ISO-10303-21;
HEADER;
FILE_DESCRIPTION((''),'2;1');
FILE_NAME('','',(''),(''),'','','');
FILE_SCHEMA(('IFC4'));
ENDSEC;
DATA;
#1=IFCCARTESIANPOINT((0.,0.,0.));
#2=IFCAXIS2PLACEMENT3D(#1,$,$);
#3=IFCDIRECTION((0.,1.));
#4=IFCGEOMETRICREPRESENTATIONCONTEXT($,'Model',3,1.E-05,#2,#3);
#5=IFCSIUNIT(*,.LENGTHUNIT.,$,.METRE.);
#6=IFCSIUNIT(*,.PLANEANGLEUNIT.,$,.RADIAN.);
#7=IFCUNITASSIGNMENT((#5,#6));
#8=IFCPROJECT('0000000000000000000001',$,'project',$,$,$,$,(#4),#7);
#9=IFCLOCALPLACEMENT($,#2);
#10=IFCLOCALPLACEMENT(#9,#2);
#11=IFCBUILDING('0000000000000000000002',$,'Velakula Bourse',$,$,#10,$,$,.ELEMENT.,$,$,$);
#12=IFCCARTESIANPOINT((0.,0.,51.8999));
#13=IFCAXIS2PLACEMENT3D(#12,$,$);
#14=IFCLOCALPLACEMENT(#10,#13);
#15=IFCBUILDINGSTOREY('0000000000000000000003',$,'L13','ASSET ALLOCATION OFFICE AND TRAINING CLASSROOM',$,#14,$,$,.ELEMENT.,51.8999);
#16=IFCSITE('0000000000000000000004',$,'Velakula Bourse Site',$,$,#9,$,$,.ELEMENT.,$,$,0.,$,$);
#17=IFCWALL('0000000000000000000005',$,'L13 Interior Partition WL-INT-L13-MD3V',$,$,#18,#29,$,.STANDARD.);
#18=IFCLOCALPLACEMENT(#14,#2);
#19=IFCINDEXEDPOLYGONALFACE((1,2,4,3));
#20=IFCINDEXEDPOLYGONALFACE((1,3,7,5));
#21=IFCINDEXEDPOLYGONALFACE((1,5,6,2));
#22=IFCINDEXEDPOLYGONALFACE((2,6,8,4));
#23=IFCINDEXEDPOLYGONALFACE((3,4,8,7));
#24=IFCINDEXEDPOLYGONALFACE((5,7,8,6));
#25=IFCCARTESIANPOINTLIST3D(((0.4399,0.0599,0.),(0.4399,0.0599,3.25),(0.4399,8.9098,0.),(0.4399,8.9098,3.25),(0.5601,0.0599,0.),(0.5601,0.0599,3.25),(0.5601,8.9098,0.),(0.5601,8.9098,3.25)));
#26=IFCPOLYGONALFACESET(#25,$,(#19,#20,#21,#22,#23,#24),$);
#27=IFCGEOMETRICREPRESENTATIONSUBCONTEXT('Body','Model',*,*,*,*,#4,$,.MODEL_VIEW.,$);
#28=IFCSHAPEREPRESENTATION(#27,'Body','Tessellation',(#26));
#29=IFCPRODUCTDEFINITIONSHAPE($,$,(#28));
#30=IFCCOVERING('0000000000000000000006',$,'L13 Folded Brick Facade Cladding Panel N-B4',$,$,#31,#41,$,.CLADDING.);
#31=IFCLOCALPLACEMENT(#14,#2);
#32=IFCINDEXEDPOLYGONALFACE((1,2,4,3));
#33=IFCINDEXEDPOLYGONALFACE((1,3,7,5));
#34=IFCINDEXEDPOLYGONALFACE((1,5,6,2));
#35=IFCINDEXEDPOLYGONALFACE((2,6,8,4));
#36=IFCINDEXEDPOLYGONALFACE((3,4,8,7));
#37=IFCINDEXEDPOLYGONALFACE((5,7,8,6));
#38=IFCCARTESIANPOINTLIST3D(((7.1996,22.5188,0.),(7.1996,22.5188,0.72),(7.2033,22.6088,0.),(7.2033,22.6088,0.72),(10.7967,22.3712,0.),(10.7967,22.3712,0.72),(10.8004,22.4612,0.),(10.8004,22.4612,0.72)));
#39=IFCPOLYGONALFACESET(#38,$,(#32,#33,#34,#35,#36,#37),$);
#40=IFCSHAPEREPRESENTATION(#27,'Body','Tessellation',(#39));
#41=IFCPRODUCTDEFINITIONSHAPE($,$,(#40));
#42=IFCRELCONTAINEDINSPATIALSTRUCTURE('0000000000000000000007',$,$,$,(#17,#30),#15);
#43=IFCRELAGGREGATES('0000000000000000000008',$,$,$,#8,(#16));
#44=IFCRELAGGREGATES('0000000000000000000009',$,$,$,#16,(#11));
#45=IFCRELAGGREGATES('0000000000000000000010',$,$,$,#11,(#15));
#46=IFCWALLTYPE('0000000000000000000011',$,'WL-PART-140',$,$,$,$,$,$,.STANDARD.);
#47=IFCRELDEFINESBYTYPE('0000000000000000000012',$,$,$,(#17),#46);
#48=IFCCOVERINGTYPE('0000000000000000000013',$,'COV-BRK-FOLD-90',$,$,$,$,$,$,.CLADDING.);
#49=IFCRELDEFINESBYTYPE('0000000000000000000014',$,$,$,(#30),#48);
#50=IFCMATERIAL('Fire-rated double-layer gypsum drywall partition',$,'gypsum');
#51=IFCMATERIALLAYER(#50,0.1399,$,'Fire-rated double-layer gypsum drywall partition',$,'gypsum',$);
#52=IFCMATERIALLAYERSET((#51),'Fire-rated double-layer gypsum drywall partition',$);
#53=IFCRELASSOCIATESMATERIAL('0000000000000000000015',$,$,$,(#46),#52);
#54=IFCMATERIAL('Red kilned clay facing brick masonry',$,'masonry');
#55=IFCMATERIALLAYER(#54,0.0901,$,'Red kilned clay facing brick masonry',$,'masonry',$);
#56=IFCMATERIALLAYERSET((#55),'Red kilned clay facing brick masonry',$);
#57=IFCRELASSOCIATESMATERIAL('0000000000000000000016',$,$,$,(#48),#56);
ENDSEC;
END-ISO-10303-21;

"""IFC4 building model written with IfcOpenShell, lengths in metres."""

from ifc_helpers import new_model, si_unit, direction, frame, frame_2d, origin, origin_2d, place, context, subcontext, project, spatial, rectangle, extrude, material, layer, layer_set, type_object, element, save


model = new_model("IFC4")

# Units and contexts
model_context = context("Model", 3, precision=1e-05, world=origin(), true_north=direction((0.0, 1.0)))
body_context = subcontext(model_context, "Body", "Model", "MODEL_VIEW")
ifc_project = project(units=[si_unit("LENGTHUNIT", "METRE"), si_unit("PLANEANGLEUNIT", "RADIAN")], contexts=[model_context])

# Site, building, storey
site_placement = place(None, origin())
site = spatial("IfcSite", under=ifc_project, at=site_placement, Name="Velakula Bourse Site", CompositionType="ELEMENT", RefElevation=0.0)
building_placement = place(site_placement, origin())
building = spatial("IfcBuilding", under=site, at=building_placement, Name="Velakula Bourse", CompositionType="ELEMENT")
storey_placement = place(building_placement, frame((0.0, 0.0, 51.8999)))
storey = spatial("IfcBuildingStorey", under=building, at=storey_placement, Name="L13", Description="ASSET ALLOCATION OFFICE AND TRAINING CLASSROOM", CompositionType="ELEMENT", Elevation=51.8999)

# Shared definitions
ifc_material_1 = material(Name="Red kilned clay facing brick masonry", Category="masonry")

# Shared definitions
ifc_material_2 = material(Name="Fire-rated double-layer gypsum drywall partition", Category="gypsum")

# Shared definitions
ifc_layer_1 = layer(ifc_material_2, 0.1399, Name="Fire-rated double-layer gypsum drywall partition", Category="gypsum")
ifc_layer_set_1 = layer_set([ifc_layer_1], Name="Fire-rated double-layer gypsum drywall partition")
wall_type_1 = type_object("IfcWallType", Name="WL-PART-140", PredefinedType="STANDARD", material=ifc_layer_set_1)

# Wall
wall_1_placement = place(storey_placement, frame((0.5, 0.0601, 0.0), z_axis=(0.0, 0.0, 1.0), x_axis=(0.0, 1.0, 0.0)))
element("IfcWall", 1, at=wall_1_placement, inside=storey, type_object=wall_type_1, Name="L13 Interior Partition WL-INT-L13-MD3V", PredefinedType="STANDARD", context=body_context, shape_type="SweptSolid", body=[
    extrude(rectangle(XDim=8.8499, YDim=0.1201, at=frame_2d((4.4248, 0.0))), origin(), (0.0, 0.0, 1.0), 3.25),
])

# Covering
ifc_layer_2 = layer(ifc_material_1, 0.0901, Name="Red kilned clay facing brick masonry", Category="masonry")
ifc_layer_set_2 = layer_set([ifc_layer_2], Name="Red kilned clay facing brick masonry")
covering_type = type_object("IfcCoveringType", Name="COV-BRK-FOLD-90", PredefinedType="CLADDING", material=ifc_layer_set_2)
covering_placement = place(storey_placement, frame((9.0, 22.49, 0.0), z_axis=(0.0, 0.0, 1.0), x_axis=(0.999159, -0.041004, 0.0)))
element("IfcCovering", 2, at=covering_placement, inside=storey, type_object=covering_type, Name="L13 Folded Brick Facade Cladding Panel N-B4", PredefinedType="CLADDING", context=body_context, shape_type="SweptSolid", body=[
    extrude(rectangle(XDim=3.6001, YDim=0.0901, at=origin_2d()), origin(), (0.0, 0.0, 1.0), 0.72),
])

save(model, "model.ifc")
